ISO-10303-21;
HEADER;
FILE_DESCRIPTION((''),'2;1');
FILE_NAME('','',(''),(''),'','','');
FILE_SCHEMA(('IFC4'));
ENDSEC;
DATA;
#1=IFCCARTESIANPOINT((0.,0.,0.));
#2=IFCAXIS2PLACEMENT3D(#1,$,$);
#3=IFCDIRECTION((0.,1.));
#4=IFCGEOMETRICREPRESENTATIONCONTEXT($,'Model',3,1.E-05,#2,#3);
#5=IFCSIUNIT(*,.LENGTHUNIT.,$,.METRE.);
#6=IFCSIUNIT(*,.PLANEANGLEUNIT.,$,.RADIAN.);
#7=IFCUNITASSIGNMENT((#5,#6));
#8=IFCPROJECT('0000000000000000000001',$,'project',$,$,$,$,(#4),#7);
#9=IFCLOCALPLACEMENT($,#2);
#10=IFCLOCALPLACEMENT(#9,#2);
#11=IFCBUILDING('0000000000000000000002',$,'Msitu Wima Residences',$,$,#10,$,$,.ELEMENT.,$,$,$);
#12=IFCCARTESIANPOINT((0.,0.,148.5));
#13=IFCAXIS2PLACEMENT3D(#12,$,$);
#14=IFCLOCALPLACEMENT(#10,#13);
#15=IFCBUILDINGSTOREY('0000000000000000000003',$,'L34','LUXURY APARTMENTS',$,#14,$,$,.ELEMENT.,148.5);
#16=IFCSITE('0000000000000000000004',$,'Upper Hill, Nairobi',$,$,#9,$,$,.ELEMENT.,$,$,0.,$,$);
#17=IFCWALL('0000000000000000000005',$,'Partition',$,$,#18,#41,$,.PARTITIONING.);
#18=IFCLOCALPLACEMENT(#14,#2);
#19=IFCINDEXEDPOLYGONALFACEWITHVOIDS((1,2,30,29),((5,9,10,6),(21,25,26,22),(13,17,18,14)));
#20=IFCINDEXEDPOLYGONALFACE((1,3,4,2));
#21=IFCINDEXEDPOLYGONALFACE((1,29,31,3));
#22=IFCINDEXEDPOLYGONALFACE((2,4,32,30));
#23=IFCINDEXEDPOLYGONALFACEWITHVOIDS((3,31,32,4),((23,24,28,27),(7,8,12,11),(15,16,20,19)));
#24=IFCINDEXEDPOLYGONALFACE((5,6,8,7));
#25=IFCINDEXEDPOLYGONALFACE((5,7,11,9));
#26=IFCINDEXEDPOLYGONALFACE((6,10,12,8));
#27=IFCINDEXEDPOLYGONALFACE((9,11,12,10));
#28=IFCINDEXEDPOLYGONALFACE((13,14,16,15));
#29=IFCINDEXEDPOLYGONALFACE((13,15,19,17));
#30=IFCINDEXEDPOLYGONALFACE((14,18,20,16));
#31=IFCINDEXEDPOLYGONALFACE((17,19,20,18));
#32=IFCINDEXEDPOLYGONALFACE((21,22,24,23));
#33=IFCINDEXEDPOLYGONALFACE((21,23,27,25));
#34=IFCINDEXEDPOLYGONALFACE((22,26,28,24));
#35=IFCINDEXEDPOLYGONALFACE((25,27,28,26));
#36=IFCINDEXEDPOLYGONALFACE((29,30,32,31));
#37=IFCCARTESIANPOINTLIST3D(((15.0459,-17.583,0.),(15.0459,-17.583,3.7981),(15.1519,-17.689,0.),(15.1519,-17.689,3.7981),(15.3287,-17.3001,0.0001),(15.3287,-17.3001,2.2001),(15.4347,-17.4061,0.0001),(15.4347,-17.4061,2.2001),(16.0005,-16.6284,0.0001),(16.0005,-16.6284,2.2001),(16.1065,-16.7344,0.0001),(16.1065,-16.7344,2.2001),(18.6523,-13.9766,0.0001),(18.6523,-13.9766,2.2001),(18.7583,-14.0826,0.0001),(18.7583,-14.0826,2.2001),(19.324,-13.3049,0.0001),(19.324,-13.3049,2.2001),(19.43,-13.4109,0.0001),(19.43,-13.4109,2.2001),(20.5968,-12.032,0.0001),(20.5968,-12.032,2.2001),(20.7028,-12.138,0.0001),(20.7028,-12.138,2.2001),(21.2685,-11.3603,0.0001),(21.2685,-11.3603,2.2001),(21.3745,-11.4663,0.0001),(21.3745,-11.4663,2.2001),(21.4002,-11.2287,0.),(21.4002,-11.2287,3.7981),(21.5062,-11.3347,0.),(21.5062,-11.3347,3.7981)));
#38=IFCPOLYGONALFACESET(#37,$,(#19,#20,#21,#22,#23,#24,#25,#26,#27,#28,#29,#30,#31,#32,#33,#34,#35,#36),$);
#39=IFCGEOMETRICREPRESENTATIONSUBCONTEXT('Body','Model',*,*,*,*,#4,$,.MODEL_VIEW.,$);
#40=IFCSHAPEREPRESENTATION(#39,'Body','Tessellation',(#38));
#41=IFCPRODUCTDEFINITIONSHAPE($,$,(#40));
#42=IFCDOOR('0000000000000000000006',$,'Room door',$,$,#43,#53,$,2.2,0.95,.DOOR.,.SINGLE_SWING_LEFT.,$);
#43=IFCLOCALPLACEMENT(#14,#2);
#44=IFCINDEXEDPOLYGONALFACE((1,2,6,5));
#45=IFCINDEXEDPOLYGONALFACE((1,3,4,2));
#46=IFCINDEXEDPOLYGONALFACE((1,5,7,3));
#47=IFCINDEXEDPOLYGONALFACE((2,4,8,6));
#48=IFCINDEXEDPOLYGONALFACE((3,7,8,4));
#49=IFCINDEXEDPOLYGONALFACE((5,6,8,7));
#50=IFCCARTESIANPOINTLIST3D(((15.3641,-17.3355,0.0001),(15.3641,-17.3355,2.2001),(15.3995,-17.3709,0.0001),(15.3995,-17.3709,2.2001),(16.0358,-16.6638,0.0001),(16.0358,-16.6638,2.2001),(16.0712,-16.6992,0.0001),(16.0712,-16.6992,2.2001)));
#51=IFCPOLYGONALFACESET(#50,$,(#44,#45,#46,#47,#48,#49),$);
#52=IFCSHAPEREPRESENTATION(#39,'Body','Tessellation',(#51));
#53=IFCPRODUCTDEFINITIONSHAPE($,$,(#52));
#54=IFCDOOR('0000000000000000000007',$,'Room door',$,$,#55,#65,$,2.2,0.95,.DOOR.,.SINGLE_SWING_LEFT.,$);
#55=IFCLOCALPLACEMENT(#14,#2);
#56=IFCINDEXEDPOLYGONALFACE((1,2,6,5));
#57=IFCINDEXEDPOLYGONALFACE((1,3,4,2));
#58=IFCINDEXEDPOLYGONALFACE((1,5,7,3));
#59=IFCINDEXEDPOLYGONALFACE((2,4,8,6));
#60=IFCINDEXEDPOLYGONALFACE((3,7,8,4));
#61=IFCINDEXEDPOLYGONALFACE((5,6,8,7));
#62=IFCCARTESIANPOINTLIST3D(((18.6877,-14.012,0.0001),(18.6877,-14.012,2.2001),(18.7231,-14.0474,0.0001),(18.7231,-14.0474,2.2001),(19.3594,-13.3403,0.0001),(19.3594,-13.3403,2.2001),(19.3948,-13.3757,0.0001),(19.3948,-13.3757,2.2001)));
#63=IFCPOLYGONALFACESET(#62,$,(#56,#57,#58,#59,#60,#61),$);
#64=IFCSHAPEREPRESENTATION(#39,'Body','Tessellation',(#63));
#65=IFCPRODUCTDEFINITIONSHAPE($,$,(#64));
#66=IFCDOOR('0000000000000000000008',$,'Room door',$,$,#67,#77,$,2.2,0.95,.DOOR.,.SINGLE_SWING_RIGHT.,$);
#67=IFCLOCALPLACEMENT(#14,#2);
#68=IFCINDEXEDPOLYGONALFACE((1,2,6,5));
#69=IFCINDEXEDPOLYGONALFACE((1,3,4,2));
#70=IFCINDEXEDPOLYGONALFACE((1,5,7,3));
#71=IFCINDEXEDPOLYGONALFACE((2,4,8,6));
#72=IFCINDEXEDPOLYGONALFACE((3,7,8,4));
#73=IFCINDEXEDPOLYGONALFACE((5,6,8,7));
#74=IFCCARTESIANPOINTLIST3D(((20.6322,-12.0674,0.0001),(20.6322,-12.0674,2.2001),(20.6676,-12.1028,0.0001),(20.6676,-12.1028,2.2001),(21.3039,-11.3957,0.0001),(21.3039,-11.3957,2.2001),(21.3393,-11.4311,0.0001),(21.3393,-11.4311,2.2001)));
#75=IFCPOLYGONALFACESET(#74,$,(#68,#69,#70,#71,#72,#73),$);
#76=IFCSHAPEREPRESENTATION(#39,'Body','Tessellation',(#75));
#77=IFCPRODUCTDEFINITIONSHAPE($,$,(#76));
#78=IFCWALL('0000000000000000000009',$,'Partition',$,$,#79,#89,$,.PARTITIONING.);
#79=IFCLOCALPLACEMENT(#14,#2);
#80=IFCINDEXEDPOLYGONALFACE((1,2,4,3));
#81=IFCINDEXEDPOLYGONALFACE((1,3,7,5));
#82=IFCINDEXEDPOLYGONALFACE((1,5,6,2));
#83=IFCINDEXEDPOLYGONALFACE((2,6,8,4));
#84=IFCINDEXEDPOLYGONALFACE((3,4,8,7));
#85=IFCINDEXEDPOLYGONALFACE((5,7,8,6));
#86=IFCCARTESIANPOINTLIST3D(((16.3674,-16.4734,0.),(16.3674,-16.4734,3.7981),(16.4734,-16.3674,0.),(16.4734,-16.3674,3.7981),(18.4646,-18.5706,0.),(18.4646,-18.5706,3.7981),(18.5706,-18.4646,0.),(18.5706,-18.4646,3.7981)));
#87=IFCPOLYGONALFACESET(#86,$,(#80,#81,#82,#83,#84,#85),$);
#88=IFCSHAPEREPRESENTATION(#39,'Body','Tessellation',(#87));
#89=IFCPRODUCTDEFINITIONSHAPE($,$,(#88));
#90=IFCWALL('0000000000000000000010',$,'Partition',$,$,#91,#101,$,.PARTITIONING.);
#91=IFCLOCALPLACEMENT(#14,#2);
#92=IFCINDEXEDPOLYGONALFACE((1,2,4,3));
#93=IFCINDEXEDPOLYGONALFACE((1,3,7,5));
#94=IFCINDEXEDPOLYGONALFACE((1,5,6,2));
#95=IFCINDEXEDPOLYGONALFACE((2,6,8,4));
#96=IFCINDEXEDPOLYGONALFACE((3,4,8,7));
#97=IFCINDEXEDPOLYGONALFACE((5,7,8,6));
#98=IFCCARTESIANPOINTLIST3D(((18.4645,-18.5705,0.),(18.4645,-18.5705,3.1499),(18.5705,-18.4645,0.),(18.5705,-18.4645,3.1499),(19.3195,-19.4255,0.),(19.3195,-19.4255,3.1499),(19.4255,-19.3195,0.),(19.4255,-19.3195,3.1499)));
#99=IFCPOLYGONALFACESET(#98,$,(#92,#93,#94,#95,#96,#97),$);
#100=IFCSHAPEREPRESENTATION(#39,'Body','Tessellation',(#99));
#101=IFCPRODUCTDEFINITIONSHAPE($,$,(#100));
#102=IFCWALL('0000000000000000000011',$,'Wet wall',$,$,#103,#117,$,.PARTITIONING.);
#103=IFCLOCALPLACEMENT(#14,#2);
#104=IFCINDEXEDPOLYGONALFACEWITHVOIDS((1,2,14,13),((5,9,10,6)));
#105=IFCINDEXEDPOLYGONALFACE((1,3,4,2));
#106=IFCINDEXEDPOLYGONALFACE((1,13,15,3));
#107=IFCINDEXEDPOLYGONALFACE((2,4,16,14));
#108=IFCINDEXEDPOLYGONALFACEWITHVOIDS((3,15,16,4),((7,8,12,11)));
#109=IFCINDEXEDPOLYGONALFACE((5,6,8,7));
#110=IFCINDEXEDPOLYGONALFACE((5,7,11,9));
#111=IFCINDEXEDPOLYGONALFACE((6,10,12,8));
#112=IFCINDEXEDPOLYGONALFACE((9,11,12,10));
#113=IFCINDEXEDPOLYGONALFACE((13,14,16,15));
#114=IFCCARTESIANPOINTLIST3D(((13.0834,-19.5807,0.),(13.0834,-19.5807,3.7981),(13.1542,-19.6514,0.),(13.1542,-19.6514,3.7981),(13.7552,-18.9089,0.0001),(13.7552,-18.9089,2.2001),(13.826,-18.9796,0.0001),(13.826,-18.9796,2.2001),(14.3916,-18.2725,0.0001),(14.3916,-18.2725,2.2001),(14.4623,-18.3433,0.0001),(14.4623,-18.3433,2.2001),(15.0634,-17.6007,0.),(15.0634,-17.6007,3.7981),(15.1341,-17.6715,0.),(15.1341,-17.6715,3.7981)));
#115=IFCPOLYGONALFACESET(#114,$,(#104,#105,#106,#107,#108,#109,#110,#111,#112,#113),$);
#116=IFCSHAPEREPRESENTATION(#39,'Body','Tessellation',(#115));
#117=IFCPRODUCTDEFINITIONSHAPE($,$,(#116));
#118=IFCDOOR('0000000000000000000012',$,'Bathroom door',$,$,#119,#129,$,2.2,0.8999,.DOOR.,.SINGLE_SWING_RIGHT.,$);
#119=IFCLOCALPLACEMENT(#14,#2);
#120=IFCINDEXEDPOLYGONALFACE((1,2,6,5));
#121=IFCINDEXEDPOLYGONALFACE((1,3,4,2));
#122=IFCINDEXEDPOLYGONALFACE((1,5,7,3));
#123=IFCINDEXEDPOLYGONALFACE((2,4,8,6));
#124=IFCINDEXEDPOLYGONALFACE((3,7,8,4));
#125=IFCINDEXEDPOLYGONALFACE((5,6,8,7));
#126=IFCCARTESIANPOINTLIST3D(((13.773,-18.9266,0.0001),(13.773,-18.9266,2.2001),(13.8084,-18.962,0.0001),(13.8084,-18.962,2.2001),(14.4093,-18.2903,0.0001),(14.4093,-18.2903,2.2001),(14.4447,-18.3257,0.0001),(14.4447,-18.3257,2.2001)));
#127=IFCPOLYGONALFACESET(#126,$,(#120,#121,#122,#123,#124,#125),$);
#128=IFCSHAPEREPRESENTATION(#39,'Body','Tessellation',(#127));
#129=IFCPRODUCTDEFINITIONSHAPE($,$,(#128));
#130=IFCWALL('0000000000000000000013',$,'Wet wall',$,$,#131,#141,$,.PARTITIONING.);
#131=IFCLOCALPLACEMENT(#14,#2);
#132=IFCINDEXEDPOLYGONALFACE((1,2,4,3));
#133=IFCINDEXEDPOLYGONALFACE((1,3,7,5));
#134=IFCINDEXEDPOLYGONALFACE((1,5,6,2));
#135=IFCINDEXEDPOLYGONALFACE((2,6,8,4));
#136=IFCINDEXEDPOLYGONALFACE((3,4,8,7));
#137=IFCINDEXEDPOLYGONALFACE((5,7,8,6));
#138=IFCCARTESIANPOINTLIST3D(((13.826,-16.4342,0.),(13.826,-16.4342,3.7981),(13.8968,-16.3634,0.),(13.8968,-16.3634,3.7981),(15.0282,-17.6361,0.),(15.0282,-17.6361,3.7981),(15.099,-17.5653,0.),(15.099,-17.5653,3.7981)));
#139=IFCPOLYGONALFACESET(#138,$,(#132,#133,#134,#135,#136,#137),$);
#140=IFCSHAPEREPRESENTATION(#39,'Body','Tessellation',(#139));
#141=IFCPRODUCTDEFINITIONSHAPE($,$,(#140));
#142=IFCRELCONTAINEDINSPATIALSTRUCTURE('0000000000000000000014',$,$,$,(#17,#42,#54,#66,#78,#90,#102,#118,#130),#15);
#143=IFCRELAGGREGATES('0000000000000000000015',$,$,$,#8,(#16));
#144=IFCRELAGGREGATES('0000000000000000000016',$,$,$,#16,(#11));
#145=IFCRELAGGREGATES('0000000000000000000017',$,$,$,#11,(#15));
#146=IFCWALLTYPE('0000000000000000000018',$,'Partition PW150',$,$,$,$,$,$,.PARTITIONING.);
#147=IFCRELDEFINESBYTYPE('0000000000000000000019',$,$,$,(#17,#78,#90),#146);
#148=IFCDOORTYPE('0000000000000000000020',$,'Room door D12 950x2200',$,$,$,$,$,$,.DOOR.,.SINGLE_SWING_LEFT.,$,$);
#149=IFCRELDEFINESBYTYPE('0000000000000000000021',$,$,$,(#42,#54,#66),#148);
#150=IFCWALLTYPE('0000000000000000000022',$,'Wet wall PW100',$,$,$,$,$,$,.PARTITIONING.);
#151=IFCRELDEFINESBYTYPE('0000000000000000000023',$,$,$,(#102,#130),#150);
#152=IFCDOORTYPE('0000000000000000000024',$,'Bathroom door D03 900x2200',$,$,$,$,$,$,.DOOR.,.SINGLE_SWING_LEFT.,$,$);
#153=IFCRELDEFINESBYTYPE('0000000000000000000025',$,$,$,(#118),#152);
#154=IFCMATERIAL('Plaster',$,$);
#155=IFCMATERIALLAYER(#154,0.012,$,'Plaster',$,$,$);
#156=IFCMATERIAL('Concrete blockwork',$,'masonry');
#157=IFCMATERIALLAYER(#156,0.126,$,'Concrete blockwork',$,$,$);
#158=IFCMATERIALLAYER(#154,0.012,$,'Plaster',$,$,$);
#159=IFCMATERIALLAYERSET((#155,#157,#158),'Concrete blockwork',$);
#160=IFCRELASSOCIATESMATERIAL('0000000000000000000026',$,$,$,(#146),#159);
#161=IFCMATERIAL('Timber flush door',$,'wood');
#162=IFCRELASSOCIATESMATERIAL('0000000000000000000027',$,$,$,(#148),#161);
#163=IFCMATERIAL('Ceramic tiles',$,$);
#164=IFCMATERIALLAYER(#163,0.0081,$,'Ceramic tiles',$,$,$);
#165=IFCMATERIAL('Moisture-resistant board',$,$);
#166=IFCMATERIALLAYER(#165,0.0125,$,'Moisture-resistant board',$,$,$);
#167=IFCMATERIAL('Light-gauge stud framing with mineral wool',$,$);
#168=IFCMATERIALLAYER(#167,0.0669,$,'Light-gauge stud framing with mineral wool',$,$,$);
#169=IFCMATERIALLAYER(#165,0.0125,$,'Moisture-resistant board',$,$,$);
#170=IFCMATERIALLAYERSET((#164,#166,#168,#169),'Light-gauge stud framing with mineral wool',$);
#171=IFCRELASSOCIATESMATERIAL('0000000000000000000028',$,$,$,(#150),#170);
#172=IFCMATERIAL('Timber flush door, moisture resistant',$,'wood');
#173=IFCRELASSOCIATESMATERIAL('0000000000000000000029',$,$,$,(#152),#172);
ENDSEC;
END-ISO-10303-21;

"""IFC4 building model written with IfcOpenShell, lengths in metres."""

from ifc_helpers import new_model, si_unit, direction, frame, frame_2d, origin, place, context, subcontext, project, spatial, rectangle, extrude, material, layer, layer_set, type_object, element, fill, save


model = new_model("IFC4")

# Units and contexts
model_context = context("Model", 3, precision=1e-05, world=origin(), true_north=direction((0.0, 1.0)))
body_context = subcontext(model_context, "Body", "Model", "MODEL_VIEW")
ifc_project = project(units=[si_unit("LENGTHUNIT", "METRE"), si_unit("PLANEANGLEUNIT", "RADIAN")], contexts=[model_context])

# Site, building, storey
site_placement = place(None, origin())
site = spatial("IfcSite", under=ifc_project, at=site_placement, Name="Upper Hill, Nairobi", CompositionType="ELEMENT", RefElevation=0.0)
building_placement = place(site_placement, origin())
building = spatial("IfcBuilding", under=site, at=building_placement, Name="Msitu Wima Residences", CompositionType="ELEMENT")
storey_placement = place(building_placement, frame((0.0, 0.0, 148.5)))
storey = spatial("IfcBuildingStorey", under=building, at=storey_placement, Name="L34", Description="LUXURY APARTMENTS", CompositionType="ELEMENT", Elevation=148.5)

# Shared definitions
ifc_material_1 = material(Name="Plaster")
ifc_material_2 = material(Name="Concrete blockwork", Category="masonry")

# Shared definitions
ifc_layer_1 = layer(ifc_material_1, 0.012, Name="Plaster")
ifc_layer_2 = layer(ifc_material_2, 0.126, Name="Concrete blockwork")
ifc_layer_3 = layer(ifc_material_1, 0.012, Name="Plaster")
ifc_layer_set_1 = layer_set([ifc_layer_1, ifc_layer_2, ifc_layer_3], Name="Concrete blockwork")
wall_type_1 = type_object("IfcWallType", Name="Partition PW150", PredefinedType="PARTITIONING", material=ifc_layer_set_1)

# Wall, openings, doors
wall_1_placement = place(storey_placement, frame((15.0989, -17.636, 0.0), z_axis=(0.0, 0.0, 1.0), x_axis=(0.707107, 0.707107, 0.0)))
wall_1 = element("IfcWall", 1, at=wall_1_placement, inside=storey, type_object=wall_type_1, Name="Partition", PredefinedType="PARTITIONING", context=body_context, shape_type="SweptSolid", body=[
    extrude(rectangle(XDim=8.9863, YDim=0.1499, at=frame_2d((4.4932, 0.0))), origin(), (0.0, 0.0, 1.0), 3.7981),
])
opening_1_placement = place(wall_1_placement, frame((0.3999, 0.0, 0.0)))
opening_1 = element("IfcOpeningElement", 2, at=opening_1_placement, cuts=wall_1, PredefinedType="OPENING", context=body_context, shape_type="SweptSolid", body=[
    extrude(rectangle(XDim=0.95, YDim=2.2, at=frame_2d((0.4751, 1.1001))), frame((0.0, 0.085, 0.0), z_axis=(0.0, -1.0, 0.0), x_axis=(1.0, 0.0, 0.0)), (0.0, 0.0, 1.0), 0.1699),
])
opening_2_placement = place(wall_1_placement, frame((5.1001, 0.0, 0.0)))
opening_2 = element("IfcOpeningElement", 3, at=opening_2_placement, cuts=wall_1, PredefinedType="OPENING", context=body_context, shape_type="SweptSolid", body=[
    extrude(rectangle(XDim=0.95, YDim=2.2, at=frame_2d((0.4751, 1.1001))), frame((0.0, 0.085, 0.0), z_axis=(0.0, -1.0, 0.0), x_axis=(1.0, 0.0, 0.0)), (0.0, 0.0, 1.0), 0.1699),
])
opening_3_placement = place(wall_1_placement, frame((7.8501, 0.0, 0.0)))
opening_3 = element("IfcOpeningElement", 4, at=opening_3_placement, cuts=wall_1, PredefinedType="OPENING", context=body_context, shape_type="SweptSolid", body=[
    extrude(rectangle(XDim=0.95, YDim=2.2, at=frame_2d((0.4751, 1.1001))), frame((0.0, 0.085, 0.0), z_axis=(0.0, -1.0, 0.0), x_axis=(1.0, 0.0, 0.0)), (0.0, 0.0, 1.0), 0.1699),
])
ifc_material_3 = material(Name="Timber flush door", Category="wood")
door_type_1 = type_object("IfcDoorType", Name="Room door D12 950x2200", OperationType="SINGLE_SWING_LEFT", PredefinedType="DOOR", material=ifc_material_3)
door_1_placement = place(opening_1_placement, origin())
door_1 = element("IfcDoor", 5, at=door_1_placement, inside=storey, type_object=door_type_1, Name="Room door", OperationType="SINGLE_SWING_LEFT", OverallHeight=2.2, OverallWidth=0.95, PredefinedType="DOOR", context=body_context, shape_type="SweptSolid", body=[
    extrude(rectangle(XDim=0.95, YDim=2.2, at=frame_2d((0.4751, 1.1001))), frame((0.0, 0.0249, 0.0), z_axis=(0.0, -1.0, 0.0), x_axis=(1.0, 0.0, 0.0)), (0.0, 0.0, 1.0), 0.05),
])
fill(opening_1, door_1)
door_2_placement = place(opening_2_placement, origin())
door_2 = element("IfcDoor", 6, at=door_2_placement, inside=storey, type_object=door_type_1, Name="Room door", OperationType="SINGLE_SWING_LEFT", OverallHeight=2.2, OverallWidth=0.95, PredefinedType="DOOR", context=body_context, shape_type="SweptSolid", body=[
    extrude(rectangle(XDim=0.95, YDim=2.2, at=frame_2d((0.4751, 1.1001))), frame((0.0, 0.0249, 0.0), z_axis=(0.0, -1.0, 0.0), x_axis=(1.0, 0.0, 0.0)), (0.0, 0.0, 1.0), 0.05),
])
fill(opening_2, door_2)
door_3_placement = place(opening_3_placement, origin())
door_3 = element("IfcDoor", 7, at=door_3_placement, inside=storey, type_object=door_type_1, Name="Room door", OperationType="SINGLE_SWING_RIGHT", OverallHeight=2.2, OverallWidth=0.95, PredefinedType="DOOR", context=body_context, shape_type="SweptSolid", body=[
    extrude(rectangle(XDim=0.95, YDim=2.2, at=frame_2d((0.4751, 1.1001))), frame((0.0, 0.0249, 0.0), z_axis=(0.0, -1.0, 0.0), x_axis=(1.0, 0.0, 0.0)), (0.0, 0.0, 1.0), 0.05),
])
fill(opening_3, door_3)

# Walls
wall_2_placement = place(storey_placement, frame((16.4204, -16.4204, 0.0), z_axis=(0.0, 0.0, 1.0), x_axis=(0.707107, -0.707107, 0.0)))
element("IfcWall", 8, at=wall_2_placement, inside=storey, type_object=wall_type_1, Name="Partition", PredefinedType="PARTITIONING", context=body_context, shape_type="SweptSolid", body=[
    extrude(rectangle(XDim=2.9658, YDim=0.1499, at=frame_2d((1.4829, 0.0))), origin(), (0.0, 0.0, 1.0), 3.7981),
])
wall_3_placement = place(storey_placement, frame((18.5176, -18.5176, 0.0), z_axis=(0.0, 0.0, 1.0), x_axis=(0.707107, -0.707107, 0.0)))
element("IfcWall", 9, at=wall_3_placement, inside=storey, type_object=wall_type_1, Name="Partition", PredefinedType="PARTITIONING", context=body_context, shape_type="SweptSolid", body=[
    extrude(rectangle(XDim=1.2092, YDim=0.1499, at=frame_2d((0.6045, 0.0))), origin(), (0.0, 0.0, 1.0), 3.1499),
])

# Wall, opening, door
ifc_material_4 = material(Name="Ceramic tiles")
ifc_layer_4 = layer(ifc_material_4, 0.0081, Name="Ceramic tiles")
ifc_material_5 = material(Name="Moisture-resistant board")
ifc_layer_5 = layer(ifc_material_5, 0.0125, Name="Moisture-resistant board")
ifc_material_6 = material(Name="Light-gauge stud framing with mineral wool")
ifc_layer_6 = layer(ifc_material_6, 0.0669, Name="Light-gauge stud framing with mineral wool")
ifc_layer_7 = layer(ifc_material_5, 0.0125, Name="Moisture-resistant board")
ifc_layer_set_2 = layer_set([ifc_layer_4, ifc_layer_5, ifc_layer_6, ifc_layer_7], Name="Light-gauge stud framing with mineral wool")
wall_type_2 = type_object("IfcWallType", Name="Wet wall PW100", PredefinedType="PARTITIONING", material=ifc_layer_set_2)
wall_4_placement = place(storey_placement, frame((13.1189, -19.616, 0.0), z_axis=(0.0, 0.0, 1.0), x_axis=(0.707107, 0.707107, 0.0)))
wall_4 = element("IfcWall", 10, at=wall_4_placement, inside=storey, type_object=wall_type_2, Name="Wet wall", PredefinedType="PARTITIONING", context=body_context, shape_type="SweptSolid", body=[
    extrude(rectangle(XDim=2.8, YDim=0.1001, at=frame_2d((1.3999, 0.0))), origin(), (0.0, 0.0, 1.0), 3.7981),
])
opening_4_placement = place(wall_4_placement, frame((0.95, 0.0, 0.0)))
opening_4 = element("IfcOpeningElement", 11, at=opening_4_placement, cuts=wall_4, PredefinedType="OPENING", context=body_context, shape_type="SweptSolid", body=[
    extrude(rectangle(XDim=0.8999, YDim=2.2, at=frame_2d((0.45, 1.1001))), frame((0.0, 0.0601, 0.0), z_axis=(0.0, -1.0, 0.0), x_axis=(1.0, 0.0, 0.0)), (0.0, 0.0, 1.0), 0.1201),
])
ifc_material_7 = material(Name="Timber flush door, moisture resistant", Category="wood")
door_type_2 = type_object("IfcDoorType", Name="Bathroom door D03 900x2200", OperationType="SINGLE_SWING_LEFT", PredefinedType="DOOR", material=ifc_material_7)
door_4_placement = place(opening_4_placement, origin())
door_4 = element("IfcDoor", 12, at=door_4_placement, inside=storey, type_object=door_type_2, Name="Bathroom door", OperationType="SINGLE_SWING_RIGHT", OverallHeight=2.2, OverallWidth=0.8999, PredefinedType="DOOR", context=body_context, shape_type="SweptSolid", body=[
    extrude(rectangle(XDim=0.8999, YDim=2.2, at=frame_2d((0.45, 1.1001))), frame((0.0, 0.0249, 0.0), z_axis=(0.0, -1.0, 0.0), x_axis=(1.0, 0.0, 0.0)), (0.0, 0.0, 1.0), 0.05),
])
fill(opening_4, door_4)

# Wall
wall_5_placement = place(storey_placement, frame((13.8613, -16.3987, 0.0), z_axis=(0.0, 0.0, 1.0), x_axis=(0.707179, -0.707035, 0.0)))
element("IfcWall", 13, at=wall_5_placement, inside=storey, type_object=wall_type_2, Name="Wet wall", PredefinedType="PARTITIONING", context=body_context, shape_type="SweptSolid", body=[
    extrude(rectangle(XDim=1.7, YDim=0.1001, at=frame_2d((0.8501, 0.0))), origin(), (0.0, 0.0, 1.0), 3.7981),
])

save(model, "model.ifc")
